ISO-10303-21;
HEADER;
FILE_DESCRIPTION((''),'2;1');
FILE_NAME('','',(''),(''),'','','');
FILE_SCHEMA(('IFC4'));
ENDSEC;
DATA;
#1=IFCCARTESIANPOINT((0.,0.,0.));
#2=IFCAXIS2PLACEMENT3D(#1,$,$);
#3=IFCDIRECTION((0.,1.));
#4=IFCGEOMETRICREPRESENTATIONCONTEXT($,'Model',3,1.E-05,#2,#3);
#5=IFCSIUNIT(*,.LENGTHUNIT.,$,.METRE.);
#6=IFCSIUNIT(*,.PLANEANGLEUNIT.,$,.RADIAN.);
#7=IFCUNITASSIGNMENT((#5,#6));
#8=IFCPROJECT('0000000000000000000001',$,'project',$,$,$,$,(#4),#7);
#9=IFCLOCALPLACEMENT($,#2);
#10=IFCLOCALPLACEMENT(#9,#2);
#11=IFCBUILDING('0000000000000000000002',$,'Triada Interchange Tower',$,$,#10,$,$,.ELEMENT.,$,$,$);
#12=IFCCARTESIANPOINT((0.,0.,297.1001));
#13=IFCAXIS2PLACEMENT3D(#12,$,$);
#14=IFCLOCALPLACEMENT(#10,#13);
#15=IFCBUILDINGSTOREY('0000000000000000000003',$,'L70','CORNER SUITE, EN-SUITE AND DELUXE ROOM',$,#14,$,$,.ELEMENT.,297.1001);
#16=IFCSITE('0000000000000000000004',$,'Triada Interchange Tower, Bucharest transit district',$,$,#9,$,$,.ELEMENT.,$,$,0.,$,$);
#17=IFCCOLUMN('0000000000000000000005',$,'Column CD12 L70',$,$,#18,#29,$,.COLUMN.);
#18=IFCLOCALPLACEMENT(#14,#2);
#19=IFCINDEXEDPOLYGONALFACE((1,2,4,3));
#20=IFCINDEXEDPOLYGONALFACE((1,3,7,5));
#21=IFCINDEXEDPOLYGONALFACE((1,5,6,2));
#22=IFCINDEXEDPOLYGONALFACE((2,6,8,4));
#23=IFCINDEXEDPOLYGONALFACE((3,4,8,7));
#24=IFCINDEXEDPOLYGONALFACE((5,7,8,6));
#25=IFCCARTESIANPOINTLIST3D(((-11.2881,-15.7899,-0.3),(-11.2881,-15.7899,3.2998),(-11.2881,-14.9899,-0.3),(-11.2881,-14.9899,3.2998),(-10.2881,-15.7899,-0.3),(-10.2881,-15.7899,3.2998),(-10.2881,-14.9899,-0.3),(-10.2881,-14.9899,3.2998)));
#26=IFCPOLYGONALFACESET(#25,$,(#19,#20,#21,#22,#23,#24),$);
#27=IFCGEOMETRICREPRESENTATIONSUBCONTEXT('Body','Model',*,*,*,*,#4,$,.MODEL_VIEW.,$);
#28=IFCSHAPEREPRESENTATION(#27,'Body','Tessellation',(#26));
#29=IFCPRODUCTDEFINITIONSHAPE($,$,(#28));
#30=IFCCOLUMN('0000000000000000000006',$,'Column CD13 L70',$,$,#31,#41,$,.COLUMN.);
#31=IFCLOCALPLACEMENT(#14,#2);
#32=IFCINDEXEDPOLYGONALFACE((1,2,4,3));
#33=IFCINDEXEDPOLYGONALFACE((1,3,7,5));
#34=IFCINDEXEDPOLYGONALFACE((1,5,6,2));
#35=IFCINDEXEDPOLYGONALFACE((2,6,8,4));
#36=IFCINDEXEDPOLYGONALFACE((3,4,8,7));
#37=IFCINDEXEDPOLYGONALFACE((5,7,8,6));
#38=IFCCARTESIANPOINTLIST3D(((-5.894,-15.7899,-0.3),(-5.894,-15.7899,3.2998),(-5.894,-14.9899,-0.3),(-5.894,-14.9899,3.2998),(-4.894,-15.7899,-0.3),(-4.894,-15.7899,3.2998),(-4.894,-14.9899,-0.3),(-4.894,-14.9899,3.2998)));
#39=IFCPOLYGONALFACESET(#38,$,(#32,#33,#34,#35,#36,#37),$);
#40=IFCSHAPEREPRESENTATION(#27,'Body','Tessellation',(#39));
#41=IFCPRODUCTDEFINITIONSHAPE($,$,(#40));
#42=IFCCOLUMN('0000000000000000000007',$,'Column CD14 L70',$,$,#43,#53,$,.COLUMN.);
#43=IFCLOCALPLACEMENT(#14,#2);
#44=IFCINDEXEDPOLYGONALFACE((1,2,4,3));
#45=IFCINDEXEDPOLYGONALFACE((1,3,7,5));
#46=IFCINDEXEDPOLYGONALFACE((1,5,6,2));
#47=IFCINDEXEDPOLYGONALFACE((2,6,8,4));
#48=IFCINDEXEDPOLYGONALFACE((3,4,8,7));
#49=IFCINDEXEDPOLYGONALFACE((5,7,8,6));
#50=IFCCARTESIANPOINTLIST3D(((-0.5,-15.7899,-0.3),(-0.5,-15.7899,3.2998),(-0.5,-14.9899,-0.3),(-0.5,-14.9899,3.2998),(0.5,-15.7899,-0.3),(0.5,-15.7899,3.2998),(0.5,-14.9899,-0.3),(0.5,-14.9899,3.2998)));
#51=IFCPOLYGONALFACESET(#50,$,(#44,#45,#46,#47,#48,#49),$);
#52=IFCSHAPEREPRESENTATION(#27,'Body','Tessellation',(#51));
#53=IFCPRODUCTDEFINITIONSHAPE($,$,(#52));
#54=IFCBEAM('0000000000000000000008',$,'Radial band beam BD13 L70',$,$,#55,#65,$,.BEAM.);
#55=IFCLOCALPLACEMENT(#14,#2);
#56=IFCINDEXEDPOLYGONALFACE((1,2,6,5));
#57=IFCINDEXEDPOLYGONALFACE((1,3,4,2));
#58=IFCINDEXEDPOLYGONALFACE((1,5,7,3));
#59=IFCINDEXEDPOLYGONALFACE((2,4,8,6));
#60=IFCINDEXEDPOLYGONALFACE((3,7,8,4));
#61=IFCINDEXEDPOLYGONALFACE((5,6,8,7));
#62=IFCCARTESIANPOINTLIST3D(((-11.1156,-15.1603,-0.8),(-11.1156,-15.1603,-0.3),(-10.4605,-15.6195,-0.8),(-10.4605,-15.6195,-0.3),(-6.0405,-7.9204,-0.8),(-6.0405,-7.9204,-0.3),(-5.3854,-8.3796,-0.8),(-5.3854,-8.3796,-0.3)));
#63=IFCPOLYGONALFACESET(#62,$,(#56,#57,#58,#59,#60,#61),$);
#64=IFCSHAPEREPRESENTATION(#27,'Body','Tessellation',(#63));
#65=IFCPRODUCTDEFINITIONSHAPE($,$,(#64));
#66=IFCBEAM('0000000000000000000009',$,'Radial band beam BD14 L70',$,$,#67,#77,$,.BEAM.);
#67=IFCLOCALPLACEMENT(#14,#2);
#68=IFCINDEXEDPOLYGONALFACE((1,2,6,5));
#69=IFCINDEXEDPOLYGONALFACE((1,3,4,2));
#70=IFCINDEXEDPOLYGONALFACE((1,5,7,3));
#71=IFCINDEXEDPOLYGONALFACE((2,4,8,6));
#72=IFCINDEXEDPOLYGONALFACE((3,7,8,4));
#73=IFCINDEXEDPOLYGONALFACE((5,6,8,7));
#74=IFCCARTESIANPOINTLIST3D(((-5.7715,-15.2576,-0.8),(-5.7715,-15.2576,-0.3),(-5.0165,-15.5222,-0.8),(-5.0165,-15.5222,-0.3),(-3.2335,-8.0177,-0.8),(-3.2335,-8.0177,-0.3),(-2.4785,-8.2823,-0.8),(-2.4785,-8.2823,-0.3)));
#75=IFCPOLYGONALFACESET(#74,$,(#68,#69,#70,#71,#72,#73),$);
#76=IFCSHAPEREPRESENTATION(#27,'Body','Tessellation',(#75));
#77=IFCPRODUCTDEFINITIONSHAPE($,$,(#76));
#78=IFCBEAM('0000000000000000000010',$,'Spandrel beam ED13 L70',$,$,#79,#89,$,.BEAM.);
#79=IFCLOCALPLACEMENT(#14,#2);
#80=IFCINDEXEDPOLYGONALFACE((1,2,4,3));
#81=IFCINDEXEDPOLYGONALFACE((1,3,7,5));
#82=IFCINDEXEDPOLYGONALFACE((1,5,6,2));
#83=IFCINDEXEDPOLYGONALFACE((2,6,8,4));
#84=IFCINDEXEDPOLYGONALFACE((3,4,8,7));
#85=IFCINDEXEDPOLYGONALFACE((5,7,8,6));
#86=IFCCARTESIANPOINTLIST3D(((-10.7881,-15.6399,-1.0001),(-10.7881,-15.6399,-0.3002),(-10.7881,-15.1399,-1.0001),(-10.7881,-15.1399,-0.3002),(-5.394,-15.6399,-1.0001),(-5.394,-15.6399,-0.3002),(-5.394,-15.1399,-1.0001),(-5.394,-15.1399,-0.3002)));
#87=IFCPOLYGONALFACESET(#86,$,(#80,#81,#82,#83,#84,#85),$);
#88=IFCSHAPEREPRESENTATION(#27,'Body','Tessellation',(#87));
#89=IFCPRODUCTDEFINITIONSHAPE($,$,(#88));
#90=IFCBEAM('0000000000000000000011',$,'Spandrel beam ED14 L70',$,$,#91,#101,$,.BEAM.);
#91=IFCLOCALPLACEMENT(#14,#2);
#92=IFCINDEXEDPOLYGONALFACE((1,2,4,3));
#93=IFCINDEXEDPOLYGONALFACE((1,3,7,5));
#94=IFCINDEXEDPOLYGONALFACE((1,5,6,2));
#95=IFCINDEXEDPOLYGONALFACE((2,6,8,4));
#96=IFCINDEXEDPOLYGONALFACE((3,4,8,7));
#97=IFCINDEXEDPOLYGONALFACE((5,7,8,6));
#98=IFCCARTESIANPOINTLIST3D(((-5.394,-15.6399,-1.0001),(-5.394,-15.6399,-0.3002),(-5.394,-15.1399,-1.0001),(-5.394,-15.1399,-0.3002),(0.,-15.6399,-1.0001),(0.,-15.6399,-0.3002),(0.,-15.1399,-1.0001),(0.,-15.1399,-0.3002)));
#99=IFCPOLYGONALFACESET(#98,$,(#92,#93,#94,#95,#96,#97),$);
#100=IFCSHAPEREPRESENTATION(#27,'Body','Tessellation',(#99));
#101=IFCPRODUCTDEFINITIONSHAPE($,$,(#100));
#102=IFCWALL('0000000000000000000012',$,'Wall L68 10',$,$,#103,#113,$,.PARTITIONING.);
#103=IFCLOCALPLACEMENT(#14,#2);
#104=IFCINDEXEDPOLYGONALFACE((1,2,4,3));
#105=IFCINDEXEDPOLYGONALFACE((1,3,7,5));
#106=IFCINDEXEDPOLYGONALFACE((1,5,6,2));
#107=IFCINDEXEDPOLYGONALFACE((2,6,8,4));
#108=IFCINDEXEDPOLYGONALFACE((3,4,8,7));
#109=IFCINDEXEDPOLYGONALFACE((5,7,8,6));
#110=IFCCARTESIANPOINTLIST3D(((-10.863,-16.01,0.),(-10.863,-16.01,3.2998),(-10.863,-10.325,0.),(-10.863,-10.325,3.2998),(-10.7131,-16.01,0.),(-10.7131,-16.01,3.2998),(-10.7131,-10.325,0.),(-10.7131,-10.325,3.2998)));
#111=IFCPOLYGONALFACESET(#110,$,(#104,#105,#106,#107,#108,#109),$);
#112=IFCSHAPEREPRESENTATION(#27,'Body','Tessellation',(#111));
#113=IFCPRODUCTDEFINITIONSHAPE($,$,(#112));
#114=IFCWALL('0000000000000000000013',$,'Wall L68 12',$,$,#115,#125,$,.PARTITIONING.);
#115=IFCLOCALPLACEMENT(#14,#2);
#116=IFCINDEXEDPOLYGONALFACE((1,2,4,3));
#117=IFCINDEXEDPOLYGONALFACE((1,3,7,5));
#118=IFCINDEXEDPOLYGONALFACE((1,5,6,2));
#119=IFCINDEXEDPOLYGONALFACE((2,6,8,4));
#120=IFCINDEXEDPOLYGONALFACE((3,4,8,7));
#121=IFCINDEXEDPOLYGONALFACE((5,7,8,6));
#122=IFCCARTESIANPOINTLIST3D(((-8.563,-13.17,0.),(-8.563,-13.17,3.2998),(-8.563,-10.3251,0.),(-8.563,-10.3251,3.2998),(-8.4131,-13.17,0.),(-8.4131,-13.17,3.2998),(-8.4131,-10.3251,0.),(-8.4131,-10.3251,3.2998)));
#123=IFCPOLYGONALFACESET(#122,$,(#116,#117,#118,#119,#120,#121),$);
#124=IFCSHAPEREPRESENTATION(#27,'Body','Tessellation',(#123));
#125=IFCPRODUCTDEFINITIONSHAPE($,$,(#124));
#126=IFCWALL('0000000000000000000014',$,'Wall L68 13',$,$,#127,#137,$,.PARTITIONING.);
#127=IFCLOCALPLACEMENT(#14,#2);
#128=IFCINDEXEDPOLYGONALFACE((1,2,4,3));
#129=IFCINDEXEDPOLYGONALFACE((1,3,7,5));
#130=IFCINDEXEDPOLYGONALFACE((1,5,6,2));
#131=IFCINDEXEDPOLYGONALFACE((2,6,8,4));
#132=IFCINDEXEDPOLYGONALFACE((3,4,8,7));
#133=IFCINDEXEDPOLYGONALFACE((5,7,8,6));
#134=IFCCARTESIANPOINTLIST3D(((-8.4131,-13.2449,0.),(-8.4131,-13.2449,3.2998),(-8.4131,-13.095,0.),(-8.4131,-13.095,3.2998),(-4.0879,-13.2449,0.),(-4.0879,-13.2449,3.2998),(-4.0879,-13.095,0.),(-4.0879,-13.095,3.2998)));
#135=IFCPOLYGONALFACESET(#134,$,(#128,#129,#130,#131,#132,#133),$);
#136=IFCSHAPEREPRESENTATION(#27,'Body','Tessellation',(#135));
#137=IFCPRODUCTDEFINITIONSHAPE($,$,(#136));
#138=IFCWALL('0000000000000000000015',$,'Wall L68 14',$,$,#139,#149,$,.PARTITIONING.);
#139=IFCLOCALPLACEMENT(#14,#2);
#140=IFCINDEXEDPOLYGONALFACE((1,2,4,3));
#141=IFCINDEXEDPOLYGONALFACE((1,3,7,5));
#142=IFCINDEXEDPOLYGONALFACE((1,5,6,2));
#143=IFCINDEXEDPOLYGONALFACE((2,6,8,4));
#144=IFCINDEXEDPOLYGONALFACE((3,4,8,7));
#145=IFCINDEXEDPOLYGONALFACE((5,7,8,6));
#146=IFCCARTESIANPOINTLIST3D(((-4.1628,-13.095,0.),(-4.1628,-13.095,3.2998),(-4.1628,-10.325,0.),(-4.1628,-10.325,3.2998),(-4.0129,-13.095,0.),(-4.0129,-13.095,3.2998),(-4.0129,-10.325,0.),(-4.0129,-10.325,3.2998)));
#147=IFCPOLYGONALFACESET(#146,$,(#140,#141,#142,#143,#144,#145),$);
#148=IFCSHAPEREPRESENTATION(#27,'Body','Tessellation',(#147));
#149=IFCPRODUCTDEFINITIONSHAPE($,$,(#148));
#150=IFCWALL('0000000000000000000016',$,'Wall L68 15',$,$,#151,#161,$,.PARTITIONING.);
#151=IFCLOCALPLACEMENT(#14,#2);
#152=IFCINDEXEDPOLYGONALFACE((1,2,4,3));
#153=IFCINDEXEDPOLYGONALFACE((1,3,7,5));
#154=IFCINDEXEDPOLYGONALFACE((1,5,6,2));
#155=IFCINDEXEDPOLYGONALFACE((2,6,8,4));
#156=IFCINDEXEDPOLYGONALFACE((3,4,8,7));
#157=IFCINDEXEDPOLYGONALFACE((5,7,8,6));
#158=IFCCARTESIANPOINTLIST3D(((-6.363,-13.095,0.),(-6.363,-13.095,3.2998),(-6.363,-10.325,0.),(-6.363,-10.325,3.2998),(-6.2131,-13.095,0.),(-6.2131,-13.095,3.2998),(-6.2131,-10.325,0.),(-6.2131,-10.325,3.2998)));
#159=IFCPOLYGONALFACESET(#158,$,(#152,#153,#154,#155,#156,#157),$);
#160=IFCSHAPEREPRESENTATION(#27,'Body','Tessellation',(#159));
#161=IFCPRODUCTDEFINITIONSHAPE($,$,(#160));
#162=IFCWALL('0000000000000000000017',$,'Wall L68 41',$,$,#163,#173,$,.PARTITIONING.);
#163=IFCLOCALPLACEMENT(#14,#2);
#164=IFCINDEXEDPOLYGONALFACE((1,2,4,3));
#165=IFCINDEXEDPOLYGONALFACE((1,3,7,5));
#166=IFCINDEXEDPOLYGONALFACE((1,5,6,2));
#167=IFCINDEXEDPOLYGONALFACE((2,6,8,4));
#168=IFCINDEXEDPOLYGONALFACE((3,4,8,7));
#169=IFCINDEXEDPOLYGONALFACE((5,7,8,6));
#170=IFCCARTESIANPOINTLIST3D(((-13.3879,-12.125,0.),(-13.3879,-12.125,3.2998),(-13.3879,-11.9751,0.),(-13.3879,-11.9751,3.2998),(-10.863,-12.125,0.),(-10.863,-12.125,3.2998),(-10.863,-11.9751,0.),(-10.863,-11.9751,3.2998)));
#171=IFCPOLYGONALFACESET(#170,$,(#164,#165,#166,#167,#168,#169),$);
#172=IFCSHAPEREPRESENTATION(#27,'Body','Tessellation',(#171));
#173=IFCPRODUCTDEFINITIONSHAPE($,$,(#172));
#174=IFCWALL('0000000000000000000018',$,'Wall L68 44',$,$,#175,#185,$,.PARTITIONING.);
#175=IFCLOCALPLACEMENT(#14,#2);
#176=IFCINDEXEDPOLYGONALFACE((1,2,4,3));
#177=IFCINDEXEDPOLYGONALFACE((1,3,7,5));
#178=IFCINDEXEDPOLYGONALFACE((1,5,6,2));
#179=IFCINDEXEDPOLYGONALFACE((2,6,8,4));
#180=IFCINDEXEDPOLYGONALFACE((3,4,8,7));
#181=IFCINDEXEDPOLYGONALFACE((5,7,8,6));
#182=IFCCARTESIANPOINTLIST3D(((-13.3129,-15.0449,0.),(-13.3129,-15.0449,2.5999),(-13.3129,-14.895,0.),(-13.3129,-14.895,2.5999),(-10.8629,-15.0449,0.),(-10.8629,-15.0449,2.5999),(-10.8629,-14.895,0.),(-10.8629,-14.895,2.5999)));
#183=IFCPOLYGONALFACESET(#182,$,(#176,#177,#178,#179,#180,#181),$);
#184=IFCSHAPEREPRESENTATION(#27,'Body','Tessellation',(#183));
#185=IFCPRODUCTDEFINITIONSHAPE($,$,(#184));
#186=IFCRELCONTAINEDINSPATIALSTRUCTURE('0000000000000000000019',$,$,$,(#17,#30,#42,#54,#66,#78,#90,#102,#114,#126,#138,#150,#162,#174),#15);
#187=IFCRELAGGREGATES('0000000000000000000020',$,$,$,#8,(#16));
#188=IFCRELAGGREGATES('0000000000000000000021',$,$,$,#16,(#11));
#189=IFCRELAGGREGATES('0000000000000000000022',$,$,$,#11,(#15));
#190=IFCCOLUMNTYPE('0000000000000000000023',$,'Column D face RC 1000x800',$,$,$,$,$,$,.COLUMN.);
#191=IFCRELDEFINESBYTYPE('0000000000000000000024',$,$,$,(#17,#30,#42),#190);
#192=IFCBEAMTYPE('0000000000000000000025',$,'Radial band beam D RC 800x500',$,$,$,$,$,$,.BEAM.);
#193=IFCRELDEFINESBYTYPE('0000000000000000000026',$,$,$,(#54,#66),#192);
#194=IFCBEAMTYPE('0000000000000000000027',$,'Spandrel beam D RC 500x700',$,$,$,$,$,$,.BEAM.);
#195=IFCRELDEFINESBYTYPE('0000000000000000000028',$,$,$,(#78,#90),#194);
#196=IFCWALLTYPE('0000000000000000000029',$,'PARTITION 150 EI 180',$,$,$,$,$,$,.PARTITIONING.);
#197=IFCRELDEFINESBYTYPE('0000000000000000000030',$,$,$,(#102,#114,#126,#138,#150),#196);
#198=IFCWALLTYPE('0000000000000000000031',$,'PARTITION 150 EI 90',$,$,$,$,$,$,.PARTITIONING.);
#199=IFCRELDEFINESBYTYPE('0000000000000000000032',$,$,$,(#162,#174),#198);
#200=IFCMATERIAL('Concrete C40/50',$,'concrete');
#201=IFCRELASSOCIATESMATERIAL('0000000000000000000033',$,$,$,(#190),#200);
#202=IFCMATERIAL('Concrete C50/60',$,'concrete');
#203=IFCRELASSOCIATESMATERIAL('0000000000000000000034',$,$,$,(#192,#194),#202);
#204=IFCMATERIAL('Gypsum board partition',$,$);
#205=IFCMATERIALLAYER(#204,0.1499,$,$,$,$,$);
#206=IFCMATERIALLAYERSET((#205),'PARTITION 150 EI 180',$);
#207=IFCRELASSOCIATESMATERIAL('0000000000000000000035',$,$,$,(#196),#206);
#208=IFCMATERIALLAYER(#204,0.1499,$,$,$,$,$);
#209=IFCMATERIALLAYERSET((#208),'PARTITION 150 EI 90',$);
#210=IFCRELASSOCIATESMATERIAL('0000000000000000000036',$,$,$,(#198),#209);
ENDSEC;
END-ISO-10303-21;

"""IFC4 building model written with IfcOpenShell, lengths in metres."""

from ifc_helpers import new_model, si_unit, direction, frame, frame_2d, origin, origin_2d, place, context, subcontext, project, spatial, rectangle, extrude, material, layer, layer_set, material_profile, profile_set, type_object, element, save


model = new_model("IFC4")

# Units and contexts
model_context = context("Model", 3, precision=1e-05, world=origin(), true_north=direction((0.0, 1.0)))
body_context = subcontext(model_context, "Body", "Model", "MODEL_VIEW")
ifc_project = project(units=[si_unit("LENGTHUNIT", "METRE"), si_unit("PLANEANGLEUNIT", "RADIAN")], contexts=[model_context])

# Site, building, storey
site_placement = place(None, origin())
site = spatial("IfcSite", under=ifc_project, at=site_placement, Name="Triada Interchange Tower, Bucharest transit district", CompositionType="ELEMENT", RefElevation=0.0)
building_placement = place(site_placement, origin())
building = spatial("IfcBuilding", under=site, at=building_placement, Name="Triada Interchange Tower", CompositionType="ELEMENT")
storey_placement = place(building_placement, frame((0.0, 0.0, 297.1001)))
storey = spatial("IfcBuildingStorey", under=building, at=storey_placement, Name="L70", Description="CORNER SUITE, EN-SUITE AND DELUXE ROOM", CompositionType="ELEMENT", Elevation=297.1001)

# Columns
ifc_material_1 = material(Name="Concrete C40/50", Category="concrete")
ifc_material_profile_1 = material_profile(ifc_material_1, rectangle(XDim=1.0, YDim=0.8, at=origin_2d()), Name="RC 1000x800")
ifc_profile_set_1 = profile_set([ifc_material_profile_1], Name="Concrete C40/50")
column_type = type_object("IfcColumnType", Name="Column D face RC 1000x800", PredefinedType="COLUMN", material=ifc_profile_set_1)
for number, where, z_axis, x_axis, name in (
    (1, (-10.7881, -15.3899, -0.3), (0.0, 0.0, 1.0), (1.0, 0.0, 0.0), "Column CD12 L70"),
    (2, (-5.394, -15.3899, -0.3), (0.0, 0.0, 1.0), (1.0, 0.0, 0.0), "Column CD13 L70"),
    (3, (0.0, -15.3899, -0.3), (0.0, 0.0, 1.0), (1.0, 0.0, 0.0), "Column CD14 L70"),
):
    element("IfcColumn", number, at=place(storey_placement, frame(where, z_axis=z_axis, x_axis=x_axis)), inside=storey, type_object=column_type, Name=name, PredefinedType="COLUMN", context=body_context, shape_type="SweptSolid", body=[
        extrude(rectangle(XDim=1.0, YDim=0.8, at=origin_2d()), origin(), (0.0, 0.0, 1.0), 3.5999),
    ])

# Beams
ifc_material_2 = material(Name="Concrete C50/60", Category="concrete")
ifc_material_profile_2 = material_profile(ifc_material_2, rectangle(XDim=0.8, YDim=0.5, at=origin_2d()), Name="RC 800x500")
ifc_profile_set_2 = profile_set([ifc_material_profile_2], Name="Concrete C50/60")
beam_type_1 = type_object("IfcBeamType", Name="Radial band beam D RC 800x500", PredefinedType="BEAM", material=ifc_profile_set_2)
beam_1_placement = place(storey_placement, frame((-10.7881, -15.3899, -0.55), z_axis=(0.574009, 0.818849, 0.0), x_axis=(-0.818849, 0.574009, 0.0)))
element("IfcBeam", 4, at=beam_1_placement, inside=storey, type_object=beam_type_1, Name="Radial band beam BD13 L70", PredefinedType="BEAM", context=body_context, shape_type="SweptSolid", body=[
    extrude(rectangle(XDim=0.8, YDim=0.5, at=origin_2d()), origin(), (0.0, 0.0, 1.0), 8.8416),
])
beam_2_placement = place(storey_placement, frame((-5.394, -15.3899, -0.55), z_axis=(0.330825, 0.943692, 0.0), x_axis=(-0.943692, 0.330825, 0.0)))
element("IfcBeam", 5, at=beam_2_placement, inside=storey, type_object=beam_type_1, Name="Radial band beam BD14 L70", PredefinedType="BEAM", context=body_context, shape_type="SweptSolid", body=[
    extrude(rectangle(XDim=0.8, YDim=0.5, at=origin_2d()), origin(), (0.0, 0.0, 1.0), 7.6719),
])
ifc_material_profile_3 = material_profile(ifc_material_2, rectangle(XDim=0.5, YDim=0.7, at=origin_2d()), Name="RC 500x700")
ifc_profile_set_3 = profile_set([ifc_material_profile_3], Name="Concrete C50/60")
beam_type_2 = type_object("IfcBeamType", Name="Spandrel beam D RC 500x700", PredefinedType="BEAM", material=ifc_profile_set_3)
for number, where, z_axis, x_axis, name in (
    (6, (-10.7881, -15.3899, -0.6501), (1.0, 0.0, 0.0), (0.0, 1.0, 0.0), "Spandrel beam ED13 L70"),
    (7, (-5.394, -15.3899, -0.6501), (1.0, 0.0, 0.0), (0.0, 1.0, 0.0), "Spandrel beam ED14 L70"),
):
    element("IfcBeam", number, at=place(storey_placement, frame(where, z_axis=z_axis, x_axis=x_axis)), inside=storey, type_object=beam_type_2, Name=name, PredefinedType="BEAM", context=body_context, shape_type="SweptSolid", body=[
        extrude(rectangle(XDim=0.5, YDim=0.7, at=origin_2d()), origin(), (0.0, 0.0, 1.0), 5.394),
    ])

# Walls
ifc_material_3 = material(Name="Gypsum board partition")
ifc_layer_1 = layer(ifc_material_3, 0.1499)
ifc_layer_set_1 = layer_set([ifc_layer_1], Name="PARTITION 150 EI 180")
wall_type_1 = type_object("IfcWallType", Name="PARTITION 150 EI 180", PredefinedType="PARTITIONING", material=ifc_layer_set_1)
wall_1_placement = place(storey_placement, frame((-10.7881, -16.01, 0.0), z_axis=(0.0, 0.0, 1.0), x_axis=(0.0, 1.0, 0.0)))
element("IfcWall", 8, at=wall_1_placement, inside=storey, type_object=wall_type_1, Name="Wall L68 10", PredefinedType="PARTITIONING", context=body_context, shape_type="SweptSolid", body=[
    extrude(rectangle(XDim=5.6851, YDim=0.1499, at=frame_2d((2.8425, 0.0))), origin(), (0.0, 0.0, 1.0), 3.2998),
])
wall_2_placement = place(storey_placement, frame((-8.488, -13.1699, 0.0), z_axis=(0.0, 0.0, 1.0), x_axis=(0.0, 1.0, 0.0)))
element("IfcWall", 9, at=wall_2_placement, inside=storey, type_object=wall_type_1, Name="Wall L68 12", PredefinedType="PARTITIONING", context=body_context, shape_type="SweptSolid", body=[
    extrude(rectangle(XDim=2.845, YDim=0.1499, at=frame_2d((1.4224, 0.0))), origin(), (0.0, 0.0, 1.0), 3.2998),
])
wall_3_placement = place(storey_placement, frame((-8.4131, -13.1699, 0.0), z_axis=(0.0, 0.0, 1.0), x_axis=(1.0, 0.0, 0.0)))
element("IfcWall", 10, at=wall_3_placement, inside=storey, type_object=wall_type_1, Name="Wall L68 13", PredefinedType="PARTITIONING", context=body_context, shape_type="SweptSolid", body=[
    extrude(rectangle(XDim=4.3252, YDim=0.1499, at=frame_2d((2.1626, 0.0))), origin(), (0.0, 0.0, 1.0), 3.2998),
])
for number, where, z_axis, x_axis, name in (
    (11, (-4.0879, -13.095, 0.0), (0.0, 0.0, 1.0), (0.0, 1.0, 0.0), "Wall L68 14"),
    (12, (-6.2881, -13.095, 0.0), (0.0, 0.0, 1.0), (0.0, 1.0, 0.0), "Wall L68 15"),
):
    element("IfcWall", number, at=place(storey_placement, frame(where, z_axis=z_axis, x_axis=x_axis)), inside=storey, type_object=wall_type_1, Name=name, PredefinedType="PARTITIONING", context=body_context, shape_type="SweptSolid", body=[
        extrude(rectangle(XDim=2.77, YDim=0.1499, at=frame_2d((1.385, 0.0))), origin(), (0.0, 0.0, 1.0), 3.2998),
    ])
ifc_layer_2 = layer(ifc_material_3, 0.1499)
ifc_layer_set_2 = layer_set([ifc_layer_2], Name="PARTITION 150 EI 90")
wall_type_2 = type_object("IfcWallType", Name="PARTITION 150 EI 90", PredefinedType="PARTITIONING", material=ifc_layer_set_2)
wall_4_placement = place(storey_placement, frame((-13.3879, -12.05, 0.0), z_axis=(0.0, 0.0, 1.0), x_axis=(1.0, 0.0, 0.0)))
element("IfcWall", 13, at=wall_4_placement, inside=storey, type_object=wall_type_2, Name="Wall L68 41", PredefinedType="PARTITIONING", context=body_context, shape_type="SweptSolid", body=[
    extrude(rectangle(XDim=2.5249, YDim=0.1499, at=frame_2d((1.2625, 0.0))), origin(), (0.0, 0.0, 1.0), 3.2998),
])
wall_5_placement = place(storey_placement, frame((-13.313, -14.97, 0.0), z_axis=(0.0, 0.0, 1.0), x_axis=(1.0, 0.0, 0.0)))
element("IfcWall", 14, at=wall_5_placement, inside=storey, type_object=wall_type_2, Name="Wall L68 44", PredefinedType="PARTITIONING", context=body_context, shape_type="SweptSolid", body=[
    extrude(rectangle(XDim=2.45, YDim=0.1499, at=frame_2d((1.2251, 0.0))), origin(), (0.0, 0.0, 1.0), 2.5999),
])

save(model, "model.ifc")
